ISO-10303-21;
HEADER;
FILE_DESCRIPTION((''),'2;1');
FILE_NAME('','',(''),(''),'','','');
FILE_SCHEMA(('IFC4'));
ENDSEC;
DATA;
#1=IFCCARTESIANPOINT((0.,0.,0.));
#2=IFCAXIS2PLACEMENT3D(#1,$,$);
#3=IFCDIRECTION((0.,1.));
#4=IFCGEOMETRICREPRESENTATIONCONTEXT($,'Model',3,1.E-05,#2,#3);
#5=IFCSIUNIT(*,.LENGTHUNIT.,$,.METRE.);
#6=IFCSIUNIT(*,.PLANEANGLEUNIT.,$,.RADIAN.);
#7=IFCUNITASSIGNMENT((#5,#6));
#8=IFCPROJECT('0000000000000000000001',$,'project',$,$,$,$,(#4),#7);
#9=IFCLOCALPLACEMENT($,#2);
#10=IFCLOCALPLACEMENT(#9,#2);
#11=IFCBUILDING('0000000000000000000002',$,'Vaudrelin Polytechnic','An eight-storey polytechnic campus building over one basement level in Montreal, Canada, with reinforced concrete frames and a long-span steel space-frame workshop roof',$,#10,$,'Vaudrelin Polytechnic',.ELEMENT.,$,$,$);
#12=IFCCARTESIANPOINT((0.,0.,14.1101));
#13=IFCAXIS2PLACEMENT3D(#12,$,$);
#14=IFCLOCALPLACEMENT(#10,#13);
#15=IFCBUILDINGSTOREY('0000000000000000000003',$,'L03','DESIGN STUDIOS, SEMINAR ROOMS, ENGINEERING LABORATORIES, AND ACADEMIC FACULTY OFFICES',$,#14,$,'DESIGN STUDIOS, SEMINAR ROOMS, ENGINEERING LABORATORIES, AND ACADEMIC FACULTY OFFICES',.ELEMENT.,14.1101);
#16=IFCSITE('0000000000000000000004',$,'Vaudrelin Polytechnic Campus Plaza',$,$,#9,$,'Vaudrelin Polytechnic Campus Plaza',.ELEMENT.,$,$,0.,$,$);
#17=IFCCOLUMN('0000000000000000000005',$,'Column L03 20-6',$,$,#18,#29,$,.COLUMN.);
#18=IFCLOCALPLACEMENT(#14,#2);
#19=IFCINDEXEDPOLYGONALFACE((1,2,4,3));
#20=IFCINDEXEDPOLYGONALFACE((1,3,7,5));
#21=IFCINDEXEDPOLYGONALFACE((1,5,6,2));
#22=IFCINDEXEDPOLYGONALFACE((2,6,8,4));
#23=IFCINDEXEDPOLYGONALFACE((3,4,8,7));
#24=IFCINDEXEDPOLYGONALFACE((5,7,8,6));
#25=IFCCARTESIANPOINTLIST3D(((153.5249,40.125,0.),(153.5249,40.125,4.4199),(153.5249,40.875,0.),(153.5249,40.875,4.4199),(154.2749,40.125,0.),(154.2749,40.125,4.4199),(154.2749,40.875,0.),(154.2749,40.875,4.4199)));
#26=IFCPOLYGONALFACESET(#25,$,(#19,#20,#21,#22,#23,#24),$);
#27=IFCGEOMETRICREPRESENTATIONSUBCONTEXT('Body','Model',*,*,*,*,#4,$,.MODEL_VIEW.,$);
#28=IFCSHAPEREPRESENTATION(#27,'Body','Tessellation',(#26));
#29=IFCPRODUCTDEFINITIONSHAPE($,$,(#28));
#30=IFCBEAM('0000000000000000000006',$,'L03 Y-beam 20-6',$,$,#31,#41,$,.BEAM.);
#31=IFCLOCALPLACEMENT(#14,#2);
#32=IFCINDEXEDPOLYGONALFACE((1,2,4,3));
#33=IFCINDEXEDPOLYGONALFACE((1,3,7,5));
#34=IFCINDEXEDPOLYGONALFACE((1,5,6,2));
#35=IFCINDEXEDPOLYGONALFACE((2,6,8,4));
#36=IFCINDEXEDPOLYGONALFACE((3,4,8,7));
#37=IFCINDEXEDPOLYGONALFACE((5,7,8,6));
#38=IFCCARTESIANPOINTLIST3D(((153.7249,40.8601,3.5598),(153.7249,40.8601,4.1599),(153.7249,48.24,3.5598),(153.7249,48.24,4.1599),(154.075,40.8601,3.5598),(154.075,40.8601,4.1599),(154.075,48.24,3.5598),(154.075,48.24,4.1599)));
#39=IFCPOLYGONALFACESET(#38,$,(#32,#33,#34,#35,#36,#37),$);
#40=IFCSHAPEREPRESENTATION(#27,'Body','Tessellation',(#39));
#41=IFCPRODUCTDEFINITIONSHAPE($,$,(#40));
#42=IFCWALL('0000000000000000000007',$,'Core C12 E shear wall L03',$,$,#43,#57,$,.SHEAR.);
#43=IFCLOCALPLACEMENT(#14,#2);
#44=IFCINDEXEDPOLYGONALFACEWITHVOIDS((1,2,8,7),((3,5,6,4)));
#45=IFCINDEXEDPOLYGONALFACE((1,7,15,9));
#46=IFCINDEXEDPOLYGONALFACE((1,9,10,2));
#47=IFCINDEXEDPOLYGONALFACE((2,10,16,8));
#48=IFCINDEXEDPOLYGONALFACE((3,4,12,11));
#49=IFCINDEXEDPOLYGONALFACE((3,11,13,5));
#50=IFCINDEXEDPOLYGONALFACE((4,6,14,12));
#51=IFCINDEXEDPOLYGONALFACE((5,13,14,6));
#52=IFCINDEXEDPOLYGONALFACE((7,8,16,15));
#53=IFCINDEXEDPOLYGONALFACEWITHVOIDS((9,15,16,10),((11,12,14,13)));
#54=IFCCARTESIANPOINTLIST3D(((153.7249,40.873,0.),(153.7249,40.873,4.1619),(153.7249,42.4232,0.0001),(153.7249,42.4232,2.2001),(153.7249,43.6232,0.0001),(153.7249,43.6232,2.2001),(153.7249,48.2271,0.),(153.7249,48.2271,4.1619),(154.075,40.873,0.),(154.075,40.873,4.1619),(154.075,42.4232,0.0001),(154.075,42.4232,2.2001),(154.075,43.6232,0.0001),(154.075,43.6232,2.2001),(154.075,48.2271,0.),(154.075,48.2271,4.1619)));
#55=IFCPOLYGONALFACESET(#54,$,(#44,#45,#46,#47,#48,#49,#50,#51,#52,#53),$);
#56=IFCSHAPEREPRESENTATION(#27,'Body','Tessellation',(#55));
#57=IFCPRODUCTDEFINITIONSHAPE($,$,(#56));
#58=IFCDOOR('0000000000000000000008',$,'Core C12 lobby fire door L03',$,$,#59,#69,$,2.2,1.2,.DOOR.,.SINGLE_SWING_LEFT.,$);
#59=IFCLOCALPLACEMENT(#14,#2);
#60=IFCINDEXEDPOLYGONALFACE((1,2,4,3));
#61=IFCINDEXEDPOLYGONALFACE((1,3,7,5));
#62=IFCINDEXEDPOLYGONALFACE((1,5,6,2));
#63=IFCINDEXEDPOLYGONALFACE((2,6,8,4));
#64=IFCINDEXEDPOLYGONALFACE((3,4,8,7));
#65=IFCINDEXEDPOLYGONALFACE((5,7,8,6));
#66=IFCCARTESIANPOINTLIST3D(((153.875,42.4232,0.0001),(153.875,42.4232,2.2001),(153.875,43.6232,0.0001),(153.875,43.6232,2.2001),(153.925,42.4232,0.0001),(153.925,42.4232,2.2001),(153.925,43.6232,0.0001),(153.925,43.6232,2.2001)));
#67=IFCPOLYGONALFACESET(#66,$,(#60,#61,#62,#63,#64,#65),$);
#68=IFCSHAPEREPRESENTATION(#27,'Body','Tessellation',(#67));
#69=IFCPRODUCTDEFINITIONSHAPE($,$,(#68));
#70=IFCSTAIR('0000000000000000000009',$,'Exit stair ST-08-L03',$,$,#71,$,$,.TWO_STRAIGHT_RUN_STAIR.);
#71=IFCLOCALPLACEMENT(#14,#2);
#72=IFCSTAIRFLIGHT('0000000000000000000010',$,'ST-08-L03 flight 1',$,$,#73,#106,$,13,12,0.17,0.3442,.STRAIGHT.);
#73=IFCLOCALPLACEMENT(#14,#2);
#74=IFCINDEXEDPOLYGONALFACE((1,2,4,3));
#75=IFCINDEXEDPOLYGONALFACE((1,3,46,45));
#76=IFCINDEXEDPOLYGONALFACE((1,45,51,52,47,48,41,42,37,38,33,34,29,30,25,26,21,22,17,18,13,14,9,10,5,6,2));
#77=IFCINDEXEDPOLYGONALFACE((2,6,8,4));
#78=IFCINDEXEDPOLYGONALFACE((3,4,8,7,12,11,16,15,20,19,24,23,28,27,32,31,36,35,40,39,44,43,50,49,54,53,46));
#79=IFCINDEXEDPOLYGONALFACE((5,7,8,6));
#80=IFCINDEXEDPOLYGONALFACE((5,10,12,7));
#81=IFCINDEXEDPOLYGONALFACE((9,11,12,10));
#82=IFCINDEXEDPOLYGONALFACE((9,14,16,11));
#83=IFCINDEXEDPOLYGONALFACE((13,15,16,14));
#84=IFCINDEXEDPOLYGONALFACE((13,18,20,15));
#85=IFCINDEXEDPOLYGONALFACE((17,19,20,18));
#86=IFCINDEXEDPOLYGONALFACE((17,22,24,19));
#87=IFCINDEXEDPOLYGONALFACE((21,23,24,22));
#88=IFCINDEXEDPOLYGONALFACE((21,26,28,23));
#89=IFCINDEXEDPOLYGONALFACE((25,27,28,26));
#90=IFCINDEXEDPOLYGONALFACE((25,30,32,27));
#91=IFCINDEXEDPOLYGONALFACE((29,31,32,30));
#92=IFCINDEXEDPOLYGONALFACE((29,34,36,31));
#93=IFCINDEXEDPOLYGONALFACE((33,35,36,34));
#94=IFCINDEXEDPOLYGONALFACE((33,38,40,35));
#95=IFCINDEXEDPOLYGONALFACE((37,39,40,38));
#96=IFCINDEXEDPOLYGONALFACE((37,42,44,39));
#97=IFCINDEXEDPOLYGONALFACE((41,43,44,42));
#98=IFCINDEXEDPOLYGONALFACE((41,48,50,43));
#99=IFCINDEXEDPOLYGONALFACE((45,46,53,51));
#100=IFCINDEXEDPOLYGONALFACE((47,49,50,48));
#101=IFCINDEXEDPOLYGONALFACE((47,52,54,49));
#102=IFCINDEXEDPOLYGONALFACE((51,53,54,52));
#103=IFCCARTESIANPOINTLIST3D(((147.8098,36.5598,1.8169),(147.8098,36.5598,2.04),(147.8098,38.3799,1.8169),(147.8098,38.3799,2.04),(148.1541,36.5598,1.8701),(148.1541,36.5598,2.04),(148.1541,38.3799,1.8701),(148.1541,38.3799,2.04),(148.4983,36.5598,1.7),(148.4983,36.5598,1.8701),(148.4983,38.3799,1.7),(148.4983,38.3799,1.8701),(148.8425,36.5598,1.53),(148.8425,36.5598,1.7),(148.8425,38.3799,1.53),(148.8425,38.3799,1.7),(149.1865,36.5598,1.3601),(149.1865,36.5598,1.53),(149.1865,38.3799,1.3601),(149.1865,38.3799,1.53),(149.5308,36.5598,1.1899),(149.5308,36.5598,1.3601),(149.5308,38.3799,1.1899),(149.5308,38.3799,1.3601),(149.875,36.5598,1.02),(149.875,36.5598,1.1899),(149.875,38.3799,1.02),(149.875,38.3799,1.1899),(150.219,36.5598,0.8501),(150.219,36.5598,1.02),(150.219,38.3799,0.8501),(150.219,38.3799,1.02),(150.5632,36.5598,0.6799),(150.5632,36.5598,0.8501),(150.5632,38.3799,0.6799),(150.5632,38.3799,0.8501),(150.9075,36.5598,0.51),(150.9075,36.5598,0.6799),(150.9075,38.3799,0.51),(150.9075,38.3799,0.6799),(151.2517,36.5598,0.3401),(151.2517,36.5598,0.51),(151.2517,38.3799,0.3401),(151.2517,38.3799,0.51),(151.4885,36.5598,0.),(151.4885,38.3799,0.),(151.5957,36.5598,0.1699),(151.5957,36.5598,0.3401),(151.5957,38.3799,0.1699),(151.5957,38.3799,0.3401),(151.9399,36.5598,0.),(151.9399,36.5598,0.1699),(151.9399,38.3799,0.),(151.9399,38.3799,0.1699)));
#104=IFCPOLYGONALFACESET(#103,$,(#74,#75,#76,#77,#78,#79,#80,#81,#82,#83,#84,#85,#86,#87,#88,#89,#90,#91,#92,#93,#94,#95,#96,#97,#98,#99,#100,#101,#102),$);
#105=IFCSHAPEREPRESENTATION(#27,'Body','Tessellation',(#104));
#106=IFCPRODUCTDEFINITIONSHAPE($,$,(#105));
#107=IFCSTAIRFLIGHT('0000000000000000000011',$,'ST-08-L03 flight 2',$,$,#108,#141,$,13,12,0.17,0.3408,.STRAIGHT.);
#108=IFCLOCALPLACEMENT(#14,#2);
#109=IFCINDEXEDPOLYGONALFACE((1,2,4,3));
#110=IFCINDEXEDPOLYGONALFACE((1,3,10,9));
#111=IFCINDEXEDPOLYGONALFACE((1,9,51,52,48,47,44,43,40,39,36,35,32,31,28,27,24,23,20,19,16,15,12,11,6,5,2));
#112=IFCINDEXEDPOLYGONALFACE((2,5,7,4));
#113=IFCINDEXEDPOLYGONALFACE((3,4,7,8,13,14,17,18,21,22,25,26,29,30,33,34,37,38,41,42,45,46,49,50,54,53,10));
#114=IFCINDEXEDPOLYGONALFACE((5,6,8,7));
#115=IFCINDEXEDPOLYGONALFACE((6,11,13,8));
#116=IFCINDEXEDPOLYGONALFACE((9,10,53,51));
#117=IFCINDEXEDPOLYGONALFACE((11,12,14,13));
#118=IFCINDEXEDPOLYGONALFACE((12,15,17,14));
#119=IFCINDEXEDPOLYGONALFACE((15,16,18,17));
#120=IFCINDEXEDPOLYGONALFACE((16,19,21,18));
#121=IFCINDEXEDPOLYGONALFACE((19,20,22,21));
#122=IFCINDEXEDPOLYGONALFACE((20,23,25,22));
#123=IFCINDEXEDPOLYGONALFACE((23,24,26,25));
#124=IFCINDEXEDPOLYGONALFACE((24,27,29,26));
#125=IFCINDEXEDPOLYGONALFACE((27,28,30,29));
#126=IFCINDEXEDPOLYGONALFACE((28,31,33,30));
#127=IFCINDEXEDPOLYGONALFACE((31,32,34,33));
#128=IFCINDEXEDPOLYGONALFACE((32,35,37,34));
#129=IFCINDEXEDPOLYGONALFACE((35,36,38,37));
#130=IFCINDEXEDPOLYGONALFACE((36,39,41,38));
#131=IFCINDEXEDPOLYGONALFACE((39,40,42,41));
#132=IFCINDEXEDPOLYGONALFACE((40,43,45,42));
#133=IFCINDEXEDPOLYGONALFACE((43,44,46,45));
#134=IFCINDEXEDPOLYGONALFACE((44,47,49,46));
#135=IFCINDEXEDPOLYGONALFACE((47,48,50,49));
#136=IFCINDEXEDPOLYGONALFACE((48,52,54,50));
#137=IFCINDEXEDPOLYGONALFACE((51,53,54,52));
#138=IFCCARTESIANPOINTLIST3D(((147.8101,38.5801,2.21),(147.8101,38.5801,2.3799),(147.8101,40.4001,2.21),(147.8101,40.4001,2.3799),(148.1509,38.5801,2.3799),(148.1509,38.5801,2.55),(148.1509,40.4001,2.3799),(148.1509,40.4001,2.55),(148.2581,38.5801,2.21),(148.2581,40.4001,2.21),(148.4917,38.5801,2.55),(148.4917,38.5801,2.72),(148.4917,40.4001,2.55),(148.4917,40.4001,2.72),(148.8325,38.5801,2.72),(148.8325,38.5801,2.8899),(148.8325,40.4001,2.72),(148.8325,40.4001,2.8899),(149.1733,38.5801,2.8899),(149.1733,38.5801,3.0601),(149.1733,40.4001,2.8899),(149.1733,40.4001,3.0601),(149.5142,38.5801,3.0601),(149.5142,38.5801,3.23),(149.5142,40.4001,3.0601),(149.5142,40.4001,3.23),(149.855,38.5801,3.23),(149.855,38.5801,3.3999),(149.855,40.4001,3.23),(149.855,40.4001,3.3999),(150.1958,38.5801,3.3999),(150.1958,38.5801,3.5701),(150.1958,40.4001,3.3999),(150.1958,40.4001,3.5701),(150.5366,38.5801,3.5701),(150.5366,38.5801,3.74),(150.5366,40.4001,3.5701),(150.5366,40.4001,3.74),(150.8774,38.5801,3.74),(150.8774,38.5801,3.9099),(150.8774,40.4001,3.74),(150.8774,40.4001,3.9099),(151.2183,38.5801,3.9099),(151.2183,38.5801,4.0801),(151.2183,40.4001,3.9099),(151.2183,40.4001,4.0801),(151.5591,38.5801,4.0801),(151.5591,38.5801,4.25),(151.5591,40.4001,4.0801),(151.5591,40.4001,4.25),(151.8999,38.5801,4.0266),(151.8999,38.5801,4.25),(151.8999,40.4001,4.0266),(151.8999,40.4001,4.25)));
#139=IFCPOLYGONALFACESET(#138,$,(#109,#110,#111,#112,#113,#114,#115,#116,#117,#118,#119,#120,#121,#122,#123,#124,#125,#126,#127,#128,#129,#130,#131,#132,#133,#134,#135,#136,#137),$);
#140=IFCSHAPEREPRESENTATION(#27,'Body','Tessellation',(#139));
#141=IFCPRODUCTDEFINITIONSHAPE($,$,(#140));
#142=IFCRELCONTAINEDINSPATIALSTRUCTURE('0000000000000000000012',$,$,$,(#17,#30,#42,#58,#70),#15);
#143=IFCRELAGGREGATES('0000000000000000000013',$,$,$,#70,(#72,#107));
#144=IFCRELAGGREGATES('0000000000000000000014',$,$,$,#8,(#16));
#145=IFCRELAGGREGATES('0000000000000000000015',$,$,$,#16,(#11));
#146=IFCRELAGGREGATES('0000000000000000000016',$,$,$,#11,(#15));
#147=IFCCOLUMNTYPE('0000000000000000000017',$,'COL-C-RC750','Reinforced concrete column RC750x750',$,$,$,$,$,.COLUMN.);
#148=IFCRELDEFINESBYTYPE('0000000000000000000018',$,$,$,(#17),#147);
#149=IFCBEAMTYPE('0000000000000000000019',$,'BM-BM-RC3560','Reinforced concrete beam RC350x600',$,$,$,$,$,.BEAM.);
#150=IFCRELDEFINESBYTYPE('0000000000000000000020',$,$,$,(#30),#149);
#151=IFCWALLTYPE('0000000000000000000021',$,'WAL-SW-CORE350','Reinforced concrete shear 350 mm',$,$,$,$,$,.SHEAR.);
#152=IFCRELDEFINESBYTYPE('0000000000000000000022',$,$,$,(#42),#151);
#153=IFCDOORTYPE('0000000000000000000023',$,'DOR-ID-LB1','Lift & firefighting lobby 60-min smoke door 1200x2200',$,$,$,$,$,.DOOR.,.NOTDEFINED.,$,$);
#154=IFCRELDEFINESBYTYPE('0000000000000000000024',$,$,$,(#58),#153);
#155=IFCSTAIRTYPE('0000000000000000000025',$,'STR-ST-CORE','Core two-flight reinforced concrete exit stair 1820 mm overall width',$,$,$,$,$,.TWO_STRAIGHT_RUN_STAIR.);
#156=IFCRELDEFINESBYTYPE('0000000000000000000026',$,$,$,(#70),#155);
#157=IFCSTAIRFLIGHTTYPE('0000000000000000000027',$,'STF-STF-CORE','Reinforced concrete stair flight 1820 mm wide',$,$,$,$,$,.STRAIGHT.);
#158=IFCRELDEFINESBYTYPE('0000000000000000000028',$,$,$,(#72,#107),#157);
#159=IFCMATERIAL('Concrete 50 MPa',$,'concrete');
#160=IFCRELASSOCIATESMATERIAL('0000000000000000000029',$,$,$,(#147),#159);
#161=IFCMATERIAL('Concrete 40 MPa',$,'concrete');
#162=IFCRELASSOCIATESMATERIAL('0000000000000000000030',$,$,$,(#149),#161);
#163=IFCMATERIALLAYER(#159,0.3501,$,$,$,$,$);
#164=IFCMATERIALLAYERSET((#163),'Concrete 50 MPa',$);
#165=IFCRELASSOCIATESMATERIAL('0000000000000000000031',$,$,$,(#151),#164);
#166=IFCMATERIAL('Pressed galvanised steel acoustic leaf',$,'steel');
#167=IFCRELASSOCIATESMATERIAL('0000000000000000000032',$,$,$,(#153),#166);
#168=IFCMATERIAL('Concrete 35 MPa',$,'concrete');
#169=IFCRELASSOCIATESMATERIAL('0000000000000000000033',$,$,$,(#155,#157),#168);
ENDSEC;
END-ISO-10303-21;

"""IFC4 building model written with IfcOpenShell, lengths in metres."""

from ifc_helpers import new_model, si_unit, direction, frame, frame_2d, origin, origin_2d, place, context, subcontext, project, spatial, polyline, rectangle, outline, extrude, material, layer, layer_set, material_profile, profile_set, type_object, element, fill, aggregate, save


model = new_model("IFC4")

# Units and contexts
model_context = context("Model", 3, precision=1e-05, world=origin(), true_north=direction((0.0, 1.0)))
body_context = subcontext(model_context, "Body", "Model", "MODEL_VIEW")
ifc_project = project(units=[si_unit("LENGTHUNIT", "METRE"), si_unit("PLANEANGLEUNIT", "RADIAN")], contexts=[model_context])

# Site, building, storey
site_placement = place(None, origin())
site = spatial("IfcSite", under=ifc_project, at=site_placement, Name="Vaudrelin Polytechnic Campus Plaza", LongName="Vaudrelin Polytechnic Campus Plaza", CompositionType="ELEMENT", RefElevation=0.0)
building_placement = place(site_placement, origin())
building = spatial("IfcBuilding", under=site, at=building_placement, Name="Vaudrelin Polytechnic", Description="An eight-storey polytechnic campus building over one basement level in Montreal, Canada, with reinforced concrete frames and a long-span steel space-frame workshop roof", LongName="Vaudrelin Polytechnic", CompositionType="ELEMENT")
storey_placement = place(building_placement, frame((0.0, 0.0, 14.1101)))
storey = spatial("IfcBuildingStorey", under=building, at=storey_placement, Name="L03", Description="DESIGN STUDIOS, SEMINAR ROOMS, ENGINEERING LABORATORIES, AND ACADEMIC FACULTY OFFICES", LongName="DESIGN STUDIOS, SEMINAR ROOMS, ENGINEERING LABORATORIES, AND ACADEMIC FACULTY OFFICES", CompositionType="ELEMENT", Elevation=14.1101)

# Column
ifc_material_1 = material(Name="Concrete 50 MPa", Category="concrete")
ifc_material_profile_1 = material_profile(ifc_material_1, rectangle(XDim=0.75, YDim=0.75, at=origin_2d()), Name="RC750x750")
ifc_profile_set_1 = profile_set([ifc_material_profile_1], Name="Concrete 50 MPa")
column_type = type_object("IfcColumnType", Name="COL-C-RC750", Description="Reinforced concrete column RC750x750", PredefinedType="COLUMN", material=ifc_profile_set_1)
column_placement = place(storey_placement, frame((153.8999, 40.5, 0.0), z_axis=(0.0, 0.0, 1.0), x_axis=(1.0, 0.0, 0.0)))
element("IfcColumn", 1, at=column_placement, inside=storey, type_object=column_type, Name="Column L03 20-6", PredefinedType="COLUMN", context=body_context, shape_type="SweptSolid", body=[
    extrude(rectangle(XDim=0.75, YDim=0.75, at=origin_2d()), origin(), (0.0, 0.0, 1.0), 4.4199),
])

# Beam
ifc_material_2 = material(Name="Concrete 40 MPa", Category="concrete")
ifc_material_profile_2 = material_profile(ifc_material_2, rectangle(XDim=0.3501, YDim=0.6001, at=origin_2d()), Name="RC350x600")
ifc_profile_set_2 = profile_set([ifc_material_profile_2], Name="Concrete 40 MPa")
beam_type = type_object("IfcBeamType", Name="BM-BM-RC3560", Description="Reinforced concrete beam RC350x600", PredefinedType="BEAM", material=ifc_profile_set_2)
beam_placement = place(storey_placement, frame((153.8999, 40.8601, 3.8599), z_axis=(0.0, 1.0, 0.0), x_axis=(-1.0, 0.0, 0.0)))
element("IfcBeam", 2, at=beam_placement, inside=storey, type_object=beam_type, Name="L03 Y-beam 20-6", PredefinedType="BEAM", context=body_context, shape_type="SweptSolid", body=[
    extrude(rectangle(XDim=0.3501, YDim=0.6001, at=origin_2d()), origin(), (0.0, 0.0, 1.0), 7.3799),
])

# Shared definitions
ifc_material_3 = material(Name="Pressed galvanised steel acoustic leaf", Category="steel")

# Wall, opening, door
ifc_layer_1 = layer(ifc_material_1, 0.3501)
ifc_layer_set_1 = layer_set([ifc_layer_1], Name="Concrete 50 MPa")
wall_type_1 = type_object("IfcWallType", Name="WAL-SW-CORE350", Description="Reinforced concrete shear 350 mm", PredefinedType="SHEAR", material=ifc_layer_set_1)
wall_1_placement = place(storey_placement, frame((153.8999, 40.873, 0.0), z_axis=(0.0, 0.0, 1.0), x_axis=(0.0, 1.0, 0.0)))
wall_1 = element("IfcWall", 3, at=wall_1_placement, inside=storey, type_object=wall_type_1, Name="Core C12 E shear wall L03", PredefinedType="SHEAR", context=body_context, shape_type="SweptSolid", body=[
    extrude(rectangle(XDim=7.354, YDim=0.3501, at=frame_2d((3.677, 0.0))), origin(), (0.0, 0.0, 1.0), 4.1619),
])
opening_1_placement = place(wall_1_placement, frame((1.55, 0.0, 0.0)))
opening_1 = element("IfcOpeningElement", 4, at=opening_1_placement, cuts=wall_1, PredefinedType="OPENING", context=body_context, shape_type="SweptSolid", body=[
    extrude(rectangle(XDim=1.2, YDim=2.2, at=frame_2d((0.6001, 1.1001))), frame((0.0, 0.1851, 0.0), z_axis=(0.0, -1.0, 0.0), x_axis=(1.0, 0.0, 0.0)), (0.0, 0.0, 1.0), 0.3701),
])
door_type_1 = type_object("IfcDoorType", Name="DOR-ID-LB1", Description="Lift & firefighting lobby 60-min smoke door 1200x2200", OperationType="NOTDEFINED", PredefinedType="DOOR", material=ifc_material_3)
door_1_placement = place(opening_1_placement, origin())
door_1 = element("IfcDoor", 5, at=door_1_placement, inside=storey, type_object=door_type_1, Name="Core C12 lobby fire door L03", OperationType="SINGLE_SWING_LEFT", OverallHeight=2.2, OverallWidth=1.2, PredefinedType="DOOR", context=body_context, shape_type="SweptSolid", body=[
    extrude(rectangle(XDim=1.2, YDim=2.2, at=frame_2d((0.6001, 1.1001))), frame((0.0, 0.0249, 0.0), z_axis=(0.0, -1.0, 0.0), x_axis=(1.0, 0.0, 0.0)), (0.0, 0.0, 1.0), 0.05),
])
fill(opening_1, door_1)

# Stair, stair flights
ifc_material_4 = material(Name="Concrete 35 MPa", Category="concrete")
stair_type = type_object("IfcStairType", Name="STR-ST-CORE", Description="Core two-flight reinforced concrete exit stair 1820 mm overall width", PredefinedType="TWO_STRAIGHT_RUN_STAIR", material=ifc_material_4)
stair_1_placement = place(storey_placement, origin())
stair_1 = element("IfcStair", 6, at=stair_1_placement, inside=storey, type_object=stair_type, Name="Exit stair ST-08-L03", PredefinedType="TWO_STRAIGHT_RUN_STAIR")
stair_flight_type = type_object("IfcStairFlightType", Name="STF-STF-CORE", Description="Reinforced concrete stair flight 1820 mm wide", PredefinedType="STRAIGHT", material=ifc_material_4)
stair_flight_1_placement = place(storey_placement, frame((151.9399, 37.47, 0.0), z_axis=(0.0, 0.0, 1.0), x_axis=(-1.0, 0.0, 0.0)))
stair_flight_1 = element("IfcStairFlight", 7, at=stair_flight_1_placement, type_object=stair_flight_type, Name="ST-08-L03 flight 1", NumberOfRisers=13, NumberOfTreads=12, PredefinedType="STRAIGHT", RiserHeight=0.17, TreadLength=0.3442, context=body_context, shape_type="SweptSolid", body=[
    extrude(outline(polyline([(0.0, 0.0), (0.0, 0.1699), (0.3442, 0.1699), (0.3442, 0.3401), (0.6882, 0.3401), (0.6882, 0.51), (1.0325, 0.51), (1.0325, 0.6799), (1.3767, 0.6799), (1.3767, 0.8501), (1.7209, 0.8501), (1.7209, 1.02), (2.0649, 1.02), (2.0649, 1.1899), (2.4092, 1.1899), (2.4092, 1.3601), (2.7534, 1.3601), (2.7534, 1.53), (3.0974, 1.53), (3.0974, 1.7), (3.4417, 1.7), (3.4417, 1.8701), (3.7859, 1.8701), (3.7859, 2.04), (4.1301, 2.04), (4.1301, 2.21), (4.1301, 1.8169), (0.4514, 0.0), (0.0, 0.0)])), frame((0.0, 0.9102, 0.0), z_axis=(0.0, -1.0, 0.0), x_axis=(1.0, 0.0, 0.0)), (0.0, 0.0, 1.0), 1.8201),
])
stair_flight_2_placement = place(storey_placement, frame((147.8101, 39.49, 2.21), z_axis=(0.0, 0.0, 1.0), x_axis=(1.0, 0.0, 0.0)))
stair_flight_2 = element("IfcStairFlight", 8, at=stair_flight_2_placement, type_object=stair_flight_type, Name="ST-08-L03 flight 2", NumberOfRisers=13, NumberOfTreads=12, PredefinedType="STRAIGHT", RiserHeight=0.17, TreadLength=0.3408, context=body_context, shape_type="SweptSolid", body=[
    extrude(outline(polyline([(0.0, 0.0), (0.0, 0.1699), (0.3408, 0.1699), (0.3408, 0.3401), (0.6816, 0.3401), (0.6816, 0.51), (1.0225, 0.51), (1.0225, 0.6799), (1.3633, 0.6799), (1.3633, 0.8501), (1.7041, 0.8501), (1.7041, 1.02), (2.0449, 1.02), (2.0449, 1.1899), (2.3857, 1.1899), (2.3857, 1.3601), (2.7266, 1.3601), (2.7266, 1.53), (3.0674, 1.53), (3.0674, 1.7), (3.4082, 1.7), (3.4082, 1.8701), (3.749, 1.8701), (3.749, 2.04), (4.0898, 2.04), (4.0898, 2.21), (4.0898, 1.8167), (0.448, 0.0), (0.0, 0.0)])), frame((0.0, 0.9102, 0.0), z_axis=(0.0, -1.0, 0.0), x_axis=(1.0, 0.0, 0.0)), (0.0, 0.0, 1.0), 1.8201),
])
aggregate(stair_1, [stair_flight_1, stair_flight_2])

save(model, "model.ifc")
